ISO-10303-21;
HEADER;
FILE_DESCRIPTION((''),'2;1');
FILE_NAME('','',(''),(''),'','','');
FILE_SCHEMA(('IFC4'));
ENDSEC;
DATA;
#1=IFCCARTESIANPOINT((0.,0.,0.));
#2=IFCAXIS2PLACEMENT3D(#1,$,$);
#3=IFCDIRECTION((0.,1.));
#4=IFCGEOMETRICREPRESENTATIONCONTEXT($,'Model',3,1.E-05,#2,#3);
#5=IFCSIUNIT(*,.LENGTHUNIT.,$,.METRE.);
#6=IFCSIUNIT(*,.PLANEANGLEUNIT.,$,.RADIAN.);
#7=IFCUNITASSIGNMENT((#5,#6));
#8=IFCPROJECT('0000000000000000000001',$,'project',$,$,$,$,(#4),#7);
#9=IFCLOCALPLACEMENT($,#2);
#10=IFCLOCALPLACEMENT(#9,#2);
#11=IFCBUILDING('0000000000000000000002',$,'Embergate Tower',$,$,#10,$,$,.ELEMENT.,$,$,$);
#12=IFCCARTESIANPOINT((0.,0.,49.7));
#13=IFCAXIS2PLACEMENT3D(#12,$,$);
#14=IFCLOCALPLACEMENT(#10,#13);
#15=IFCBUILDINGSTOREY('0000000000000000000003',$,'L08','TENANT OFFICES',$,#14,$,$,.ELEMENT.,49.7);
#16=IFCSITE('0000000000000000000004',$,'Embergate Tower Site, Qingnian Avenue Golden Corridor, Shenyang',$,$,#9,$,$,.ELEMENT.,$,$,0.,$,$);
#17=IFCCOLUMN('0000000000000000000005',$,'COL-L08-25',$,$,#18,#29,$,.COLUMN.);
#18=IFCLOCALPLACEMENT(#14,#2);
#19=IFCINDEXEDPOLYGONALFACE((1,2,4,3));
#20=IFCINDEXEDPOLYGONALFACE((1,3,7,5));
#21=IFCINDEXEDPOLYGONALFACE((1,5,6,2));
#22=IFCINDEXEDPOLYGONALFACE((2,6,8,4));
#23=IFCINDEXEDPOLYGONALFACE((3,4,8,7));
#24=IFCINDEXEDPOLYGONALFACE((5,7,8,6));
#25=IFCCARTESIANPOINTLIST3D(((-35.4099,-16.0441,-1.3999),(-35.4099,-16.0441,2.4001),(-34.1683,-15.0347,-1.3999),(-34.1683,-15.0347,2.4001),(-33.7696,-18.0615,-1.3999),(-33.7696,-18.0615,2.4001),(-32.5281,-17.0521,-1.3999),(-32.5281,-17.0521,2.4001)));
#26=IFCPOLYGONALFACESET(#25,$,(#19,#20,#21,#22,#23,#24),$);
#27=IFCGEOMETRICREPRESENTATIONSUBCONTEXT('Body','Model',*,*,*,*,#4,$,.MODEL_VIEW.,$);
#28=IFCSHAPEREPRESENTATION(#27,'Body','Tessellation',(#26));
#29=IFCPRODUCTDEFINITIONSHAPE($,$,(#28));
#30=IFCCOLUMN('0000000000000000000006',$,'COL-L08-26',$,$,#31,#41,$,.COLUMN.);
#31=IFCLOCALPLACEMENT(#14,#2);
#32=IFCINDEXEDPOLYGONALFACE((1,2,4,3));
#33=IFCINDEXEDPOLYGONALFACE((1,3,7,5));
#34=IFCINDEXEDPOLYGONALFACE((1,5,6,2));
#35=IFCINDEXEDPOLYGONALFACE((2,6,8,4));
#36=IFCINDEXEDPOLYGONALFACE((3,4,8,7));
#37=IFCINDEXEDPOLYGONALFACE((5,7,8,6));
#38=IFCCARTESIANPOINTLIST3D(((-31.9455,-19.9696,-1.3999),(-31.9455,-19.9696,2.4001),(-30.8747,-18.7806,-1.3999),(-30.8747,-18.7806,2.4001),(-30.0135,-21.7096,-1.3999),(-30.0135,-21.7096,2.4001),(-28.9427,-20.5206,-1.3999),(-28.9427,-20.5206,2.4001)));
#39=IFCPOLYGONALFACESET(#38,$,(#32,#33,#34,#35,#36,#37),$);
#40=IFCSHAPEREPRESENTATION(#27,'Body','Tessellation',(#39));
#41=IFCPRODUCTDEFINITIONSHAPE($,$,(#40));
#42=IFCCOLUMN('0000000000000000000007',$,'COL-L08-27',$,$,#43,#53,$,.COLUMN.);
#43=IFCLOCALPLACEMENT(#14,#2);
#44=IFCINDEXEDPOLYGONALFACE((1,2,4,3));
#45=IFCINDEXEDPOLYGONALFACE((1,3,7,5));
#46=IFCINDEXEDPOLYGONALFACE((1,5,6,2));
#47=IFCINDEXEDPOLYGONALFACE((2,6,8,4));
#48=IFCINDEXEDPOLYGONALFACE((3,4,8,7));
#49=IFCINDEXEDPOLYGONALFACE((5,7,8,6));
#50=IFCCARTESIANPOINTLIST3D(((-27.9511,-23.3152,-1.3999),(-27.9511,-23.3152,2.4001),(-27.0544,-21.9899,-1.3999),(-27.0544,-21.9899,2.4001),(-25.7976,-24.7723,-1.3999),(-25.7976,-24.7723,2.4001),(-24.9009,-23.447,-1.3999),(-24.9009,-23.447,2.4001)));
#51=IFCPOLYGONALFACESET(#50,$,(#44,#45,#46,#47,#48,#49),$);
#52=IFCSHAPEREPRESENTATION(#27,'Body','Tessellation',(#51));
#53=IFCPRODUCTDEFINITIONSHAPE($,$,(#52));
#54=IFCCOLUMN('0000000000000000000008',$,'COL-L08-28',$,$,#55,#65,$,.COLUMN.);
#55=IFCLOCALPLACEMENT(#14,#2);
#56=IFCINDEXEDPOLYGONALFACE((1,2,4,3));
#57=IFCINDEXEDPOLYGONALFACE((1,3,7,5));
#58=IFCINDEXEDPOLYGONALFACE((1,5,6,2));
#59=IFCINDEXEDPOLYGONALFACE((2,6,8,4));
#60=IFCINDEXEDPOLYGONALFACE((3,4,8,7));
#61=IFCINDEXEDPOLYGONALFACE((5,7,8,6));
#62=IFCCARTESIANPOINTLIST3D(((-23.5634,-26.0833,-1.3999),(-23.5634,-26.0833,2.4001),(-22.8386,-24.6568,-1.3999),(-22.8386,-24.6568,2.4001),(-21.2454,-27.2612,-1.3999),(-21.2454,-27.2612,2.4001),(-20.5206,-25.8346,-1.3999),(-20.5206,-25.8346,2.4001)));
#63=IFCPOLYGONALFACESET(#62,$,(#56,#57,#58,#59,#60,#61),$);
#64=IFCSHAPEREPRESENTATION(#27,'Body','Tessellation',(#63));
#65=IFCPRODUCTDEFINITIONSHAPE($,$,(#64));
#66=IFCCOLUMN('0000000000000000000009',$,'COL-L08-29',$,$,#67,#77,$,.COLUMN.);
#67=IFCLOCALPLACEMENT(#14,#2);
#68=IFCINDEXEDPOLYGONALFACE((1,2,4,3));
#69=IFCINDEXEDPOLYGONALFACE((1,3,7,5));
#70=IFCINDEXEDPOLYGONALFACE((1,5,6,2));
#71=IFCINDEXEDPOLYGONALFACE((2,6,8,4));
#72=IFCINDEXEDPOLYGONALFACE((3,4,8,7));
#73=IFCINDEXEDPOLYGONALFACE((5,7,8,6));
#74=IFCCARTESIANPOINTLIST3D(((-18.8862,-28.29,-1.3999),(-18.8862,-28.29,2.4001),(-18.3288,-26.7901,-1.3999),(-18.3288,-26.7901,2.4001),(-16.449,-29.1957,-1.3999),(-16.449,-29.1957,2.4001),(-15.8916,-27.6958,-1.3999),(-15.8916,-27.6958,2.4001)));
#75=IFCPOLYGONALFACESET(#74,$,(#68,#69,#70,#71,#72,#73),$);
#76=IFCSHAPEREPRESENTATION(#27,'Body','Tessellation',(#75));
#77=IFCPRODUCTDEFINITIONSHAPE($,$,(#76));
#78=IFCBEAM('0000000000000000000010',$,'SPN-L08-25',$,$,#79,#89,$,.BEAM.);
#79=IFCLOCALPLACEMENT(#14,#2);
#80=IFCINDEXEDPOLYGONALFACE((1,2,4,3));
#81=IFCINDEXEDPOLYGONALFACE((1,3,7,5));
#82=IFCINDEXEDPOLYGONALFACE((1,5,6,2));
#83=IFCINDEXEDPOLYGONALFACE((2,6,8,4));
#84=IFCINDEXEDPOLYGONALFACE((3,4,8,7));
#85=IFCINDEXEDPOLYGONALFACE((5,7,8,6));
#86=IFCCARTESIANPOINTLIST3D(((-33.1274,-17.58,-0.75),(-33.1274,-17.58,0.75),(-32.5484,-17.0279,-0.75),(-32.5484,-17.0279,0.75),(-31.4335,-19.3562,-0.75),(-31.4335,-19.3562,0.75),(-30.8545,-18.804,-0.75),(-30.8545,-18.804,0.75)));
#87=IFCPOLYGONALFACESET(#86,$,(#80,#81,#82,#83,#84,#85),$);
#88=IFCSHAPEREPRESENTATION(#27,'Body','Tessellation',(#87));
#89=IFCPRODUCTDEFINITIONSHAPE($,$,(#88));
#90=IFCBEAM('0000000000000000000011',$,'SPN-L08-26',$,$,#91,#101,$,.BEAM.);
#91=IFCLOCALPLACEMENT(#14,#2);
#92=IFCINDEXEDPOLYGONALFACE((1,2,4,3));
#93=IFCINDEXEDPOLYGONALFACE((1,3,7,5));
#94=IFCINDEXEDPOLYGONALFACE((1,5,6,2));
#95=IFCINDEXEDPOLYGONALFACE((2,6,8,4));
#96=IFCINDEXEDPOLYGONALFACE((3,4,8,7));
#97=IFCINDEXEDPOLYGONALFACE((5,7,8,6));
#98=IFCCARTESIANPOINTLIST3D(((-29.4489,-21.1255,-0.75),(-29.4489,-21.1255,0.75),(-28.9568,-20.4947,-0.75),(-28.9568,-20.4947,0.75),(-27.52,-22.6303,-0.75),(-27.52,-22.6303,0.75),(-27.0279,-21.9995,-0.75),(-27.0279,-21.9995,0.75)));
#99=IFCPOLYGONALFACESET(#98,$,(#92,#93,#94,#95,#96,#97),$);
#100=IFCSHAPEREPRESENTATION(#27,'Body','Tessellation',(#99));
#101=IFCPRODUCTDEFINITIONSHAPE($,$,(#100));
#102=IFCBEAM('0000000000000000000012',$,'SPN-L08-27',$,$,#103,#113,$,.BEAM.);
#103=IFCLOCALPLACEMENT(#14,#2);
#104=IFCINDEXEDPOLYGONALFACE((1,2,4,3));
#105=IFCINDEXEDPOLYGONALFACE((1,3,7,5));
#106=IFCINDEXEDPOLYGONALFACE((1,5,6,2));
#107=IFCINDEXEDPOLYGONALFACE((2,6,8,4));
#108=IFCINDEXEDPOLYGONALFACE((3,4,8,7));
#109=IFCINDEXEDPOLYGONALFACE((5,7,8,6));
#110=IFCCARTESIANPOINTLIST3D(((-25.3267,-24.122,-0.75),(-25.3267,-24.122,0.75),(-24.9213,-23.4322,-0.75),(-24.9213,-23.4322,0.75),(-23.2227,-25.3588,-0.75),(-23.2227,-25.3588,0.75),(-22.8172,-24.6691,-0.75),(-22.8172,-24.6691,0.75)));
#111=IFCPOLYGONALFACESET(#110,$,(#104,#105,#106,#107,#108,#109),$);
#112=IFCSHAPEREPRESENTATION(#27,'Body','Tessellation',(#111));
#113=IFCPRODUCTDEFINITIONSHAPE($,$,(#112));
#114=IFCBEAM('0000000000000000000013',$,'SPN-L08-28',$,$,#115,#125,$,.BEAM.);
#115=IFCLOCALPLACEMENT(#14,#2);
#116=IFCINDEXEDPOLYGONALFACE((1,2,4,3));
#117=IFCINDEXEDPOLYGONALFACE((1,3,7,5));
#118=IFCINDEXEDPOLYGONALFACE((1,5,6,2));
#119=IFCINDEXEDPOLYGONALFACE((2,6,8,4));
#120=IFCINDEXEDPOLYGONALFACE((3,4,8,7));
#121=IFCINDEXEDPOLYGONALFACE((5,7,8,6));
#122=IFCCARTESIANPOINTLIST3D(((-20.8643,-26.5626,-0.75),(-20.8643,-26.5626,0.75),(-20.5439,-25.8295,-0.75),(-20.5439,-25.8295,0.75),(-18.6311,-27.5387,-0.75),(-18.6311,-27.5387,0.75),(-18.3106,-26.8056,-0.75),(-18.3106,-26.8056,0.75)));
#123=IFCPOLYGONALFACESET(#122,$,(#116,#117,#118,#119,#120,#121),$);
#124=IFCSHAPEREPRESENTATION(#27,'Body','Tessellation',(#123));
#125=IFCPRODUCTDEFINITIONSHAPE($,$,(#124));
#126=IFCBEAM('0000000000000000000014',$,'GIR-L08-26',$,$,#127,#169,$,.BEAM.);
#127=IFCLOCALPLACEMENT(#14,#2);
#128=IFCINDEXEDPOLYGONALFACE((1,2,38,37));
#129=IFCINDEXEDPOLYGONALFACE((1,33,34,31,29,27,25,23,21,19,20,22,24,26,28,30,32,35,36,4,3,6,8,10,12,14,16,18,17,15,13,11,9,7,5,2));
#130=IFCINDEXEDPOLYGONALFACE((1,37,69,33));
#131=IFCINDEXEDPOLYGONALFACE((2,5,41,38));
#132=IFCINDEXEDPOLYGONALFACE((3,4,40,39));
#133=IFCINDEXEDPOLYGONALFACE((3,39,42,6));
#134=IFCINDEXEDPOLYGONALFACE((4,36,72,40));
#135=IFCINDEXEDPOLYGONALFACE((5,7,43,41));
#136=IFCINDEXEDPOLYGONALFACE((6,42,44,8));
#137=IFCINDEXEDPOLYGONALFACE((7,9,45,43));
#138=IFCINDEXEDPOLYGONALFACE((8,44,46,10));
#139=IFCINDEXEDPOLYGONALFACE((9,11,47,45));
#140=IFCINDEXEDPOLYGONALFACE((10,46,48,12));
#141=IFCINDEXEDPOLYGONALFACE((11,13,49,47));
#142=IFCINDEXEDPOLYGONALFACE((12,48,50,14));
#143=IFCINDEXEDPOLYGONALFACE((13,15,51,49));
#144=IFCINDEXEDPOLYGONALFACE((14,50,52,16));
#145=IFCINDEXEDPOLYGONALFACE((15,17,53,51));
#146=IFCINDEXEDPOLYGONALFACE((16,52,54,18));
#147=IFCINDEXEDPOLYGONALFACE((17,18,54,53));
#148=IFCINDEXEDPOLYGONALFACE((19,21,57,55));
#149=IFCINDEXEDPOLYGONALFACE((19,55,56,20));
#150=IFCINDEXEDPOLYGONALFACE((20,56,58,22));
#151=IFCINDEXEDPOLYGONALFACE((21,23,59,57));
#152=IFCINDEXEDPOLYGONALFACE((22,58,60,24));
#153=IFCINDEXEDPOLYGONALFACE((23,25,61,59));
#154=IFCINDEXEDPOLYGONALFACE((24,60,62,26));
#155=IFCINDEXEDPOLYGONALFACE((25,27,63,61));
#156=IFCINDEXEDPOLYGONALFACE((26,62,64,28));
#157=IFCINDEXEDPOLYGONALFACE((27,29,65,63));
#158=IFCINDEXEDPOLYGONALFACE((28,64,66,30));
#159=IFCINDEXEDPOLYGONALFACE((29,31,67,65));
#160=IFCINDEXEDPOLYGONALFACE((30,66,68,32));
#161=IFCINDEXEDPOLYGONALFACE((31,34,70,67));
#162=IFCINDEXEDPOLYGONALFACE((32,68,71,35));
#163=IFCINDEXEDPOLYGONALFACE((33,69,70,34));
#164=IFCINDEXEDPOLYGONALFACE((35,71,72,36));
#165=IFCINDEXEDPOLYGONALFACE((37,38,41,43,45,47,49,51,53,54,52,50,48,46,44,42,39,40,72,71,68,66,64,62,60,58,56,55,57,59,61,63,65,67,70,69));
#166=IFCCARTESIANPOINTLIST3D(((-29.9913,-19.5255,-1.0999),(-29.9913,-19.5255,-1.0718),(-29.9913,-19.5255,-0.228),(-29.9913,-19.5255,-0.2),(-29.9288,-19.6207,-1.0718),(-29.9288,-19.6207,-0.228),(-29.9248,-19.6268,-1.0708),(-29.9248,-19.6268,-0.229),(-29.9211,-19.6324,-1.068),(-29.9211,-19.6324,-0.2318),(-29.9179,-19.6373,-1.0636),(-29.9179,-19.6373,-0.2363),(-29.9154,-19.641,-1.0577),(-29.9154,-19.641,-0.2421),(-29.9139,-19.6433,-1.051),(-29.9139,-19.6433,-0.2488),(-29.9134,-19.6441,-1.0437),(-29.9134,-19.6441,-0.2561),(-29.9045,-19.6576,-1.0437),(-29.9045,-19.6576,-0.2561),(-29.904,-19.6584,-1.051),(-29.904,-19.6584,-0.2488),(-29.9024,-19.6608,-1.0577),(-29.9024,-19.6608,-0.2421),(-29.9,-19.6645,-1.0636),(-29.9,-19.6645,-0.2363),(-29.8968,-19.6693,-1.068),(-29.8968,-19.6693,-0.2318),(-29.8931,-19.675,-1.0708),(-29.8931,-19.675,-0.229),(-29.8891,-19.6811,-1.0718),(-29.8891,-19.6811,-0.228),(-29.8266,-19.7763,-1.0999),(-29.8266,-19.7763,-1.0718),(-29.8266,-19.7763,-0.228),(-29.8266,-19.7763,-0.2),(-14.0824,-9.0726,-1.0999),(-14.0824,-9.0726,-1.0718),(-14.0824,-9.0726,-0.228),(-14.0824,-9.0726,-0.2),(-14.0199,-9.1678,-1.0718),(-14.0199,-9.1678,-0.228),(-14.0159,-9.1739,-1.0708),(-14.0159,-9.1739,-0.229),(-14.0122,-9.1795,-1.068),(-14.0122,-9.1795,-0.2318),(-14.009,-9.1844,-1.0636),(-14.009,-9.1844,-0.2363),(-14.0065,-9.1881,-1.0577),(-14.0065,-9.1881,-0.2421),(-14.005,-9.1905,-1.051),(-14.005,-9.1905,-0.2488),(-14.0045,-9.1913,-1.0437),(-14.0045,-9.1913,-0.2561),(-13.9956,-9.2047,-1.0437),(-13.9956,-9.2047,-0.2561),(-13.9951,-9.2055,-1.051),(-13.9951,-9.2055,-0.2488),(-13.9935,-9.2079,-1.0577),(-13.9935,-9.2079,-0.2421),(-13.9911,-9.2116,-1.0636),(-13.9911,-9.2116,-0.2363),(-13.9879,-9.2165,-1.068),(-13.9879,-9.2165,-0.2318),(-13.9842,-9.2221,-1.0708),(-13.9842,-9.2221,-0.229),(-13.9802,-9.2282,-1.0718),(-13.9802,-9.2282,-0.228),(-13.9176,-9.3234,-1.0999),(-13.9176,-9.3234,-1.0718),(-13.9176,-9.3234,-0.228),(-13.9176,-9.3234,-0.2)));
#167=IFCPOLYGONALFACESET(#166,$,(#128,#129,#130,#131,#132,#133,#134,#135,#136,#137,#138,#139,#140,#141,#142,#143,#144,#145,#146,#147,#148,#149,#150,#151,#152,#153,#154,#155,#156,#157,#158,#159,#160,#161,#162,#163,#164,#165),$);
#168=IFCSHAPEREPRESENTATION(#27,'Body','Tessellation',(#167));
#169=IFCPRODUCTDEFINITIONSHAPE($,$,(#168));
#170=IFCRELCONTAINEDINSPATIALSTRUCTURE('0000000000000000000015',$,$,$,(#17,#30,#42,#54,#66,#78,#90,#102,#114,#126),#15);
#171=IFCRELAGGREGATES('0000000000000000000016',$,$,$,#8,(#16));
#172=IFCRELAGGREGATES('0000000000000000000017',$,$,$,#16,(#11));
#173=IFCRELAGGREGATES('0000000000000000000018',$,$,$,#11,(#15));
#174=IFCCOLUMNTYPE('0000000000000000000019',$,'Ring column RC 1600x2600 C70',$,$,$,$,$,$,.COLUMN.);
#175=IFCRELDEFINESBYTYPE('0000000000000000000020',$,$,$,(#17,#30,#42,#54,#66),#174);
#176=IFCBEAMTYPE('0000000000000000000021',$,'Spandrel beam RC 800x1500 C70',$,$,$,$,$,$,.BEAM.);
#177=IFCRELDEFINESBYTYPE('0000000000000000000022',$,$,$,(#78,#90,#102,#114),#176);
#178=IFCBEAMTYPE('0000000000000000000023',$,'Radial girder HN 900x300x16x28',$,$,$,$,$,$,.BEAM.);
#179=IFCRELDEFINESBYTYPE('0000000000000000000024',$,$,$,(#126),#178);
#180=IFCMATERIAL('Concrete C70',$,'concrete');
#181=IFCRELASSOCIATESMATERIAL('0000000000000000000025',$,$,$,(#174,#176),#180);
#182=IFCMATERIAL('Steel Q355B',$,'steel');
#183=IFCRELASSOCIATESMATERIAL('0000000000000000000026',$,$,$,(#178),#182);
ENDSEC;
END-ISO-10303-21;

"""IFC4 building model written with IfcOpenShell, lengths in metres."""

from ifc_helpers import new_model, si_unit, direction, frame, origin, origin_2d, place, context, subcontext, project, spatial, rectangle, i_section, extrude, source, transform, mapped, material, material_profile, profile_set, type_object, element, save


model = new_model("IFC4")

# Units and contexts
model_context = context("Model", 3, precision=1e-05, world=origin(), true_north=direction((0.0, 1.0)))
body_context = subcontext(model_context, "Body", "Model", "MODEL_VIEW")
ifc_project = project(units=[si_unit("LENGTHUNIT", "METRE"), si_unit("PLANEANGLEUNIT", "RADIAN")], contexts=[model_context])

# Site, building, storey
site_placement = place(None, origin())
site = spatial("IfcSite", under=ifc_project, at=site_placement, Name="Embergate Tower Site, Qingnian Avenue Golden Corridor, Shenyang", CompositionType="ELEMENT", RefElevation=0.0)
building_placement = place(site_placement, origin())
building = spatial("IfcBuilding", under=site, at=building_placement, Name="Embergate Tower", CompositionType="ELEMENT")
storey_placement = place(building_placement, frame((0.0, 0.0, 49.7)))
storey = spatial("IfcBuildingStorey", under=building, at=storey_placement, Name="L08", Description="TENANT OFFICES", CompositionType="ELEMENT", Elevation=49.7)

# Columns
ifc_material_1 = material(Name="Concrete C70", Category="concrete")
ifc_material_profile_1 = material_profile(ifc_material_1, rectangle(XDim=1.6001, YDim=2.6001, at=origin_2d()), Name="RC 1600x2600")
ifc_profile_set_1 = profile_set([ifc_material_profile_1], Name="Concrete C70")
column_type = type_object("IfcColumnType", Name="Ring column RC 1600x2600 C70", PredefinedType="COLUMN", material=ifc_profile_set_1)
shared_shape_1 = source(origin(), body_context, "Body", "SweptSolid", [
    extrude(rectangle(XDim=1.6001, YDim=2.6001, at=origin_2d()), origin(), (0.0, 0.0, 1.0), 3.8),
])
for number, where, z_axis, x_axis, name in (
    (1, (-33.969, -16.5481, -1.3999), (0.0, 0.0, 1.0), (-0.775914, -0.630838, 0.0), "COL-L08-25"),
    (2, (-30.4441, -20.2451, -1.3999), (0.0, 0.0, 1.0), (-0.669208, -0.743075, 0.0), "COL-L08-26"),
    (3, (-26.426, -23.3811, -1.3999), (0.0, 0.0, 1.0), (-0.560393, -0.828227, 0.0), "COL-L08-27"),
    (4, (-22.042, -25.959, -1.3999), (0.0, 0.0, 1.0), (-0.452995, -0.891513, 0.0), "COL-L08-28"),
    (5, (-17.3889, -27.9929, -1.3999), (0.0, 0.0, 1.0), (-0.348343, -0.937367, 0.0), "COL-L08-29"),
):
    element("IfcColumn", number, at=place(storey_placement, frame(where, z_axis=z_axis, x_axis=x_axis)), inside=storey, type_object=column_type, Name=name, PredefinedType="COLUMN", context=body_context, shape_type="MappedRepresentation", body=[
        mapped(shared_shape_1, transform((0.0, 0.0, 0.0))),
    ])

# Beams
ifc_material_profile_2 = material_profile(ifc_material_1, rectangle(XDim=0.8, YDim=1.5, at=origin_2d()), Name="RC 800x1500")
ifc_profile_set_2 = profile_set([ifc_material_profile_2], Name="Concrete C70")
beam_type_1 = type_object("IfcBeamType", Name="Spandrel beam RC 800x1500 C70", PredefinedType="BEAM", material=ifc_profile_set_2)
shared_shape_2 = source(origin(), body_context, "Body", "SweptSolid", [
    extrude(rectangle(XDim=0.8, YDim=1.5, at=origin_2d()), origin(), (0.0, 0.0, 1.0), 2.4543),
])
beam_1_placement = place(storey_placement, frame((-32.8379, -17.304, 0.0), z_axis=(0.690147, -0.723669, 0.0), x_axis=(0.723669, 0.690147, 0.0)))
element("IfcBeam", 6, at=beam_1_placement, inside=storey, type_object=beam_type_1, Name="SPN-L08-25", PredefinedType="BEAM", context=body_context, shape_type="MappedRepresentation", body=[
    mapped(shared_shape_2, transform((0.0, 0.0, 0.0))),
])
shared_shape_3 = source(origin(), body_context, "Body", "SweptSolid", [
    extrude(rectangle(XDim=0.8, YDim=1.5, at=origin_2d()), origin(), (0.0, 0.0, 1.0), 2.4465),
])
beam_2_placement = place(storey_placement, frame((-29.2029, -20.8101, 0.0), z_axis=(0.788443, -0.615107, 0.0), x_axis=(0.615107, 0.788443, 0.0)))
element("IfcBeam", 7, at=beam_2_placement, inside=storey, type_object=beam_type_1, Name="SPN-L08-26", PredefinedType="BEAM", context=body_context, shape_type="MappedRepresentation", body=[
    mapped(shared_shape_3, transform((0.0, 0.0, 0.0))),
])
shared_shape_4 = source(origin(), body_context, "Body", "SweptSolid", [
    extrude(rectangle(XDim=0.8, YDim=1.5, at=origin_2d()), origin(), (0.0, 0.0, 1.0), 2.4407),
])
beam_3_placement = place(storey_placement, frame((-25.124, -23.7771, 0.0), z_axis=(0.862083, -0.506767, 0.0), x_axis=(0.506767, 0.862083, 0.0)))
element("IfcBeam", 8, at=beam_3_placement, inside=storey, type_object=beam_type_1, Name="SPN-L08-27", PredefinedType="BEAM", context=body_context, shape_type="MappedRepresentation", body=[
    mapped(shared_shape_4, transform((0.0, 0.0, 0.0))),
])
shared_shape_5 = source(origin(), body_context, "Body", "SweptSolid", [
    extrude(rectangle(XDim=0.8, YDim=1.5, at=origin_2d()), origin(), (0.0, 0.0, 1.0), 2.4373),
])
beam_4_placement = place(storey_placement, frame((-20.7041, -26.196, 0.0), z_axis=(0.916298, -0.400498, 0.0), x_axis=(0.400498, 0.916298, 0.0)))
element("IfcBeam", 9, at=beam_4_placement, inside=storey, type_object=beam_type_1, Name="SPN-L08-28", PredefinedType="BEAM", context=body_context, shape_type="MappedRepresentation", body=[
    mapped(shared_shape_5, transform((0.0, 0.0, 0.0))),
])
ifc_material_2 = material(Name="Steel Q355B", Category="steel")
ifc_material_profile_3 = material_profile(ifc_material_2, i_section(OverallWidth=0.3, OverallDepth=0.8999, WebThickness=0.0161, FlangeThickness=0.0281, FilletRadius=0.0281, at=origin_2d()), Name="HN 900x300x16x28")
ifc_profile_set_3 = profile_set([ifc_material_profile_3], Name="Steel Q355 grade B")
beam_type_2 = type_object("IfcBeamType", Name="Radial girder HN 900x300x16x28", PredefinedType="BEAM", material=ifc_profile_set_3)
shared_shape_6 = source(origin(), body_context, "Body", "SweptSolid", [
    extrude(i_section(OverallWidth=0.3, OverallDepth=0.8999, WebThickness=0.0161, FlangeThickness=0.0281, FilletRadius=0.0281, at=origin_2d()), origin(), (0.0, 0.0, 1.0), 19.0356),
])
beam_5_placement = place(storey_placement, frame((-29.9089, -19.6509, -0.6499), z_axis=(0.835743, 0.549121, 0.0), x_axis=(-0.549121, 0.835743, 0.0)))
element("IfcBeam", 10, at=beam_5_placement, inside=storey, type_object=beam_type_2, Name="GIR-L08-26", PredefinedType="BEAM", context=body_context, shape_type="MappedRepresentation", body=[
    mapped(shared_shape_6, transform((0.0, 0.0, 0.0))),
])

save(model, "model.ifc")
